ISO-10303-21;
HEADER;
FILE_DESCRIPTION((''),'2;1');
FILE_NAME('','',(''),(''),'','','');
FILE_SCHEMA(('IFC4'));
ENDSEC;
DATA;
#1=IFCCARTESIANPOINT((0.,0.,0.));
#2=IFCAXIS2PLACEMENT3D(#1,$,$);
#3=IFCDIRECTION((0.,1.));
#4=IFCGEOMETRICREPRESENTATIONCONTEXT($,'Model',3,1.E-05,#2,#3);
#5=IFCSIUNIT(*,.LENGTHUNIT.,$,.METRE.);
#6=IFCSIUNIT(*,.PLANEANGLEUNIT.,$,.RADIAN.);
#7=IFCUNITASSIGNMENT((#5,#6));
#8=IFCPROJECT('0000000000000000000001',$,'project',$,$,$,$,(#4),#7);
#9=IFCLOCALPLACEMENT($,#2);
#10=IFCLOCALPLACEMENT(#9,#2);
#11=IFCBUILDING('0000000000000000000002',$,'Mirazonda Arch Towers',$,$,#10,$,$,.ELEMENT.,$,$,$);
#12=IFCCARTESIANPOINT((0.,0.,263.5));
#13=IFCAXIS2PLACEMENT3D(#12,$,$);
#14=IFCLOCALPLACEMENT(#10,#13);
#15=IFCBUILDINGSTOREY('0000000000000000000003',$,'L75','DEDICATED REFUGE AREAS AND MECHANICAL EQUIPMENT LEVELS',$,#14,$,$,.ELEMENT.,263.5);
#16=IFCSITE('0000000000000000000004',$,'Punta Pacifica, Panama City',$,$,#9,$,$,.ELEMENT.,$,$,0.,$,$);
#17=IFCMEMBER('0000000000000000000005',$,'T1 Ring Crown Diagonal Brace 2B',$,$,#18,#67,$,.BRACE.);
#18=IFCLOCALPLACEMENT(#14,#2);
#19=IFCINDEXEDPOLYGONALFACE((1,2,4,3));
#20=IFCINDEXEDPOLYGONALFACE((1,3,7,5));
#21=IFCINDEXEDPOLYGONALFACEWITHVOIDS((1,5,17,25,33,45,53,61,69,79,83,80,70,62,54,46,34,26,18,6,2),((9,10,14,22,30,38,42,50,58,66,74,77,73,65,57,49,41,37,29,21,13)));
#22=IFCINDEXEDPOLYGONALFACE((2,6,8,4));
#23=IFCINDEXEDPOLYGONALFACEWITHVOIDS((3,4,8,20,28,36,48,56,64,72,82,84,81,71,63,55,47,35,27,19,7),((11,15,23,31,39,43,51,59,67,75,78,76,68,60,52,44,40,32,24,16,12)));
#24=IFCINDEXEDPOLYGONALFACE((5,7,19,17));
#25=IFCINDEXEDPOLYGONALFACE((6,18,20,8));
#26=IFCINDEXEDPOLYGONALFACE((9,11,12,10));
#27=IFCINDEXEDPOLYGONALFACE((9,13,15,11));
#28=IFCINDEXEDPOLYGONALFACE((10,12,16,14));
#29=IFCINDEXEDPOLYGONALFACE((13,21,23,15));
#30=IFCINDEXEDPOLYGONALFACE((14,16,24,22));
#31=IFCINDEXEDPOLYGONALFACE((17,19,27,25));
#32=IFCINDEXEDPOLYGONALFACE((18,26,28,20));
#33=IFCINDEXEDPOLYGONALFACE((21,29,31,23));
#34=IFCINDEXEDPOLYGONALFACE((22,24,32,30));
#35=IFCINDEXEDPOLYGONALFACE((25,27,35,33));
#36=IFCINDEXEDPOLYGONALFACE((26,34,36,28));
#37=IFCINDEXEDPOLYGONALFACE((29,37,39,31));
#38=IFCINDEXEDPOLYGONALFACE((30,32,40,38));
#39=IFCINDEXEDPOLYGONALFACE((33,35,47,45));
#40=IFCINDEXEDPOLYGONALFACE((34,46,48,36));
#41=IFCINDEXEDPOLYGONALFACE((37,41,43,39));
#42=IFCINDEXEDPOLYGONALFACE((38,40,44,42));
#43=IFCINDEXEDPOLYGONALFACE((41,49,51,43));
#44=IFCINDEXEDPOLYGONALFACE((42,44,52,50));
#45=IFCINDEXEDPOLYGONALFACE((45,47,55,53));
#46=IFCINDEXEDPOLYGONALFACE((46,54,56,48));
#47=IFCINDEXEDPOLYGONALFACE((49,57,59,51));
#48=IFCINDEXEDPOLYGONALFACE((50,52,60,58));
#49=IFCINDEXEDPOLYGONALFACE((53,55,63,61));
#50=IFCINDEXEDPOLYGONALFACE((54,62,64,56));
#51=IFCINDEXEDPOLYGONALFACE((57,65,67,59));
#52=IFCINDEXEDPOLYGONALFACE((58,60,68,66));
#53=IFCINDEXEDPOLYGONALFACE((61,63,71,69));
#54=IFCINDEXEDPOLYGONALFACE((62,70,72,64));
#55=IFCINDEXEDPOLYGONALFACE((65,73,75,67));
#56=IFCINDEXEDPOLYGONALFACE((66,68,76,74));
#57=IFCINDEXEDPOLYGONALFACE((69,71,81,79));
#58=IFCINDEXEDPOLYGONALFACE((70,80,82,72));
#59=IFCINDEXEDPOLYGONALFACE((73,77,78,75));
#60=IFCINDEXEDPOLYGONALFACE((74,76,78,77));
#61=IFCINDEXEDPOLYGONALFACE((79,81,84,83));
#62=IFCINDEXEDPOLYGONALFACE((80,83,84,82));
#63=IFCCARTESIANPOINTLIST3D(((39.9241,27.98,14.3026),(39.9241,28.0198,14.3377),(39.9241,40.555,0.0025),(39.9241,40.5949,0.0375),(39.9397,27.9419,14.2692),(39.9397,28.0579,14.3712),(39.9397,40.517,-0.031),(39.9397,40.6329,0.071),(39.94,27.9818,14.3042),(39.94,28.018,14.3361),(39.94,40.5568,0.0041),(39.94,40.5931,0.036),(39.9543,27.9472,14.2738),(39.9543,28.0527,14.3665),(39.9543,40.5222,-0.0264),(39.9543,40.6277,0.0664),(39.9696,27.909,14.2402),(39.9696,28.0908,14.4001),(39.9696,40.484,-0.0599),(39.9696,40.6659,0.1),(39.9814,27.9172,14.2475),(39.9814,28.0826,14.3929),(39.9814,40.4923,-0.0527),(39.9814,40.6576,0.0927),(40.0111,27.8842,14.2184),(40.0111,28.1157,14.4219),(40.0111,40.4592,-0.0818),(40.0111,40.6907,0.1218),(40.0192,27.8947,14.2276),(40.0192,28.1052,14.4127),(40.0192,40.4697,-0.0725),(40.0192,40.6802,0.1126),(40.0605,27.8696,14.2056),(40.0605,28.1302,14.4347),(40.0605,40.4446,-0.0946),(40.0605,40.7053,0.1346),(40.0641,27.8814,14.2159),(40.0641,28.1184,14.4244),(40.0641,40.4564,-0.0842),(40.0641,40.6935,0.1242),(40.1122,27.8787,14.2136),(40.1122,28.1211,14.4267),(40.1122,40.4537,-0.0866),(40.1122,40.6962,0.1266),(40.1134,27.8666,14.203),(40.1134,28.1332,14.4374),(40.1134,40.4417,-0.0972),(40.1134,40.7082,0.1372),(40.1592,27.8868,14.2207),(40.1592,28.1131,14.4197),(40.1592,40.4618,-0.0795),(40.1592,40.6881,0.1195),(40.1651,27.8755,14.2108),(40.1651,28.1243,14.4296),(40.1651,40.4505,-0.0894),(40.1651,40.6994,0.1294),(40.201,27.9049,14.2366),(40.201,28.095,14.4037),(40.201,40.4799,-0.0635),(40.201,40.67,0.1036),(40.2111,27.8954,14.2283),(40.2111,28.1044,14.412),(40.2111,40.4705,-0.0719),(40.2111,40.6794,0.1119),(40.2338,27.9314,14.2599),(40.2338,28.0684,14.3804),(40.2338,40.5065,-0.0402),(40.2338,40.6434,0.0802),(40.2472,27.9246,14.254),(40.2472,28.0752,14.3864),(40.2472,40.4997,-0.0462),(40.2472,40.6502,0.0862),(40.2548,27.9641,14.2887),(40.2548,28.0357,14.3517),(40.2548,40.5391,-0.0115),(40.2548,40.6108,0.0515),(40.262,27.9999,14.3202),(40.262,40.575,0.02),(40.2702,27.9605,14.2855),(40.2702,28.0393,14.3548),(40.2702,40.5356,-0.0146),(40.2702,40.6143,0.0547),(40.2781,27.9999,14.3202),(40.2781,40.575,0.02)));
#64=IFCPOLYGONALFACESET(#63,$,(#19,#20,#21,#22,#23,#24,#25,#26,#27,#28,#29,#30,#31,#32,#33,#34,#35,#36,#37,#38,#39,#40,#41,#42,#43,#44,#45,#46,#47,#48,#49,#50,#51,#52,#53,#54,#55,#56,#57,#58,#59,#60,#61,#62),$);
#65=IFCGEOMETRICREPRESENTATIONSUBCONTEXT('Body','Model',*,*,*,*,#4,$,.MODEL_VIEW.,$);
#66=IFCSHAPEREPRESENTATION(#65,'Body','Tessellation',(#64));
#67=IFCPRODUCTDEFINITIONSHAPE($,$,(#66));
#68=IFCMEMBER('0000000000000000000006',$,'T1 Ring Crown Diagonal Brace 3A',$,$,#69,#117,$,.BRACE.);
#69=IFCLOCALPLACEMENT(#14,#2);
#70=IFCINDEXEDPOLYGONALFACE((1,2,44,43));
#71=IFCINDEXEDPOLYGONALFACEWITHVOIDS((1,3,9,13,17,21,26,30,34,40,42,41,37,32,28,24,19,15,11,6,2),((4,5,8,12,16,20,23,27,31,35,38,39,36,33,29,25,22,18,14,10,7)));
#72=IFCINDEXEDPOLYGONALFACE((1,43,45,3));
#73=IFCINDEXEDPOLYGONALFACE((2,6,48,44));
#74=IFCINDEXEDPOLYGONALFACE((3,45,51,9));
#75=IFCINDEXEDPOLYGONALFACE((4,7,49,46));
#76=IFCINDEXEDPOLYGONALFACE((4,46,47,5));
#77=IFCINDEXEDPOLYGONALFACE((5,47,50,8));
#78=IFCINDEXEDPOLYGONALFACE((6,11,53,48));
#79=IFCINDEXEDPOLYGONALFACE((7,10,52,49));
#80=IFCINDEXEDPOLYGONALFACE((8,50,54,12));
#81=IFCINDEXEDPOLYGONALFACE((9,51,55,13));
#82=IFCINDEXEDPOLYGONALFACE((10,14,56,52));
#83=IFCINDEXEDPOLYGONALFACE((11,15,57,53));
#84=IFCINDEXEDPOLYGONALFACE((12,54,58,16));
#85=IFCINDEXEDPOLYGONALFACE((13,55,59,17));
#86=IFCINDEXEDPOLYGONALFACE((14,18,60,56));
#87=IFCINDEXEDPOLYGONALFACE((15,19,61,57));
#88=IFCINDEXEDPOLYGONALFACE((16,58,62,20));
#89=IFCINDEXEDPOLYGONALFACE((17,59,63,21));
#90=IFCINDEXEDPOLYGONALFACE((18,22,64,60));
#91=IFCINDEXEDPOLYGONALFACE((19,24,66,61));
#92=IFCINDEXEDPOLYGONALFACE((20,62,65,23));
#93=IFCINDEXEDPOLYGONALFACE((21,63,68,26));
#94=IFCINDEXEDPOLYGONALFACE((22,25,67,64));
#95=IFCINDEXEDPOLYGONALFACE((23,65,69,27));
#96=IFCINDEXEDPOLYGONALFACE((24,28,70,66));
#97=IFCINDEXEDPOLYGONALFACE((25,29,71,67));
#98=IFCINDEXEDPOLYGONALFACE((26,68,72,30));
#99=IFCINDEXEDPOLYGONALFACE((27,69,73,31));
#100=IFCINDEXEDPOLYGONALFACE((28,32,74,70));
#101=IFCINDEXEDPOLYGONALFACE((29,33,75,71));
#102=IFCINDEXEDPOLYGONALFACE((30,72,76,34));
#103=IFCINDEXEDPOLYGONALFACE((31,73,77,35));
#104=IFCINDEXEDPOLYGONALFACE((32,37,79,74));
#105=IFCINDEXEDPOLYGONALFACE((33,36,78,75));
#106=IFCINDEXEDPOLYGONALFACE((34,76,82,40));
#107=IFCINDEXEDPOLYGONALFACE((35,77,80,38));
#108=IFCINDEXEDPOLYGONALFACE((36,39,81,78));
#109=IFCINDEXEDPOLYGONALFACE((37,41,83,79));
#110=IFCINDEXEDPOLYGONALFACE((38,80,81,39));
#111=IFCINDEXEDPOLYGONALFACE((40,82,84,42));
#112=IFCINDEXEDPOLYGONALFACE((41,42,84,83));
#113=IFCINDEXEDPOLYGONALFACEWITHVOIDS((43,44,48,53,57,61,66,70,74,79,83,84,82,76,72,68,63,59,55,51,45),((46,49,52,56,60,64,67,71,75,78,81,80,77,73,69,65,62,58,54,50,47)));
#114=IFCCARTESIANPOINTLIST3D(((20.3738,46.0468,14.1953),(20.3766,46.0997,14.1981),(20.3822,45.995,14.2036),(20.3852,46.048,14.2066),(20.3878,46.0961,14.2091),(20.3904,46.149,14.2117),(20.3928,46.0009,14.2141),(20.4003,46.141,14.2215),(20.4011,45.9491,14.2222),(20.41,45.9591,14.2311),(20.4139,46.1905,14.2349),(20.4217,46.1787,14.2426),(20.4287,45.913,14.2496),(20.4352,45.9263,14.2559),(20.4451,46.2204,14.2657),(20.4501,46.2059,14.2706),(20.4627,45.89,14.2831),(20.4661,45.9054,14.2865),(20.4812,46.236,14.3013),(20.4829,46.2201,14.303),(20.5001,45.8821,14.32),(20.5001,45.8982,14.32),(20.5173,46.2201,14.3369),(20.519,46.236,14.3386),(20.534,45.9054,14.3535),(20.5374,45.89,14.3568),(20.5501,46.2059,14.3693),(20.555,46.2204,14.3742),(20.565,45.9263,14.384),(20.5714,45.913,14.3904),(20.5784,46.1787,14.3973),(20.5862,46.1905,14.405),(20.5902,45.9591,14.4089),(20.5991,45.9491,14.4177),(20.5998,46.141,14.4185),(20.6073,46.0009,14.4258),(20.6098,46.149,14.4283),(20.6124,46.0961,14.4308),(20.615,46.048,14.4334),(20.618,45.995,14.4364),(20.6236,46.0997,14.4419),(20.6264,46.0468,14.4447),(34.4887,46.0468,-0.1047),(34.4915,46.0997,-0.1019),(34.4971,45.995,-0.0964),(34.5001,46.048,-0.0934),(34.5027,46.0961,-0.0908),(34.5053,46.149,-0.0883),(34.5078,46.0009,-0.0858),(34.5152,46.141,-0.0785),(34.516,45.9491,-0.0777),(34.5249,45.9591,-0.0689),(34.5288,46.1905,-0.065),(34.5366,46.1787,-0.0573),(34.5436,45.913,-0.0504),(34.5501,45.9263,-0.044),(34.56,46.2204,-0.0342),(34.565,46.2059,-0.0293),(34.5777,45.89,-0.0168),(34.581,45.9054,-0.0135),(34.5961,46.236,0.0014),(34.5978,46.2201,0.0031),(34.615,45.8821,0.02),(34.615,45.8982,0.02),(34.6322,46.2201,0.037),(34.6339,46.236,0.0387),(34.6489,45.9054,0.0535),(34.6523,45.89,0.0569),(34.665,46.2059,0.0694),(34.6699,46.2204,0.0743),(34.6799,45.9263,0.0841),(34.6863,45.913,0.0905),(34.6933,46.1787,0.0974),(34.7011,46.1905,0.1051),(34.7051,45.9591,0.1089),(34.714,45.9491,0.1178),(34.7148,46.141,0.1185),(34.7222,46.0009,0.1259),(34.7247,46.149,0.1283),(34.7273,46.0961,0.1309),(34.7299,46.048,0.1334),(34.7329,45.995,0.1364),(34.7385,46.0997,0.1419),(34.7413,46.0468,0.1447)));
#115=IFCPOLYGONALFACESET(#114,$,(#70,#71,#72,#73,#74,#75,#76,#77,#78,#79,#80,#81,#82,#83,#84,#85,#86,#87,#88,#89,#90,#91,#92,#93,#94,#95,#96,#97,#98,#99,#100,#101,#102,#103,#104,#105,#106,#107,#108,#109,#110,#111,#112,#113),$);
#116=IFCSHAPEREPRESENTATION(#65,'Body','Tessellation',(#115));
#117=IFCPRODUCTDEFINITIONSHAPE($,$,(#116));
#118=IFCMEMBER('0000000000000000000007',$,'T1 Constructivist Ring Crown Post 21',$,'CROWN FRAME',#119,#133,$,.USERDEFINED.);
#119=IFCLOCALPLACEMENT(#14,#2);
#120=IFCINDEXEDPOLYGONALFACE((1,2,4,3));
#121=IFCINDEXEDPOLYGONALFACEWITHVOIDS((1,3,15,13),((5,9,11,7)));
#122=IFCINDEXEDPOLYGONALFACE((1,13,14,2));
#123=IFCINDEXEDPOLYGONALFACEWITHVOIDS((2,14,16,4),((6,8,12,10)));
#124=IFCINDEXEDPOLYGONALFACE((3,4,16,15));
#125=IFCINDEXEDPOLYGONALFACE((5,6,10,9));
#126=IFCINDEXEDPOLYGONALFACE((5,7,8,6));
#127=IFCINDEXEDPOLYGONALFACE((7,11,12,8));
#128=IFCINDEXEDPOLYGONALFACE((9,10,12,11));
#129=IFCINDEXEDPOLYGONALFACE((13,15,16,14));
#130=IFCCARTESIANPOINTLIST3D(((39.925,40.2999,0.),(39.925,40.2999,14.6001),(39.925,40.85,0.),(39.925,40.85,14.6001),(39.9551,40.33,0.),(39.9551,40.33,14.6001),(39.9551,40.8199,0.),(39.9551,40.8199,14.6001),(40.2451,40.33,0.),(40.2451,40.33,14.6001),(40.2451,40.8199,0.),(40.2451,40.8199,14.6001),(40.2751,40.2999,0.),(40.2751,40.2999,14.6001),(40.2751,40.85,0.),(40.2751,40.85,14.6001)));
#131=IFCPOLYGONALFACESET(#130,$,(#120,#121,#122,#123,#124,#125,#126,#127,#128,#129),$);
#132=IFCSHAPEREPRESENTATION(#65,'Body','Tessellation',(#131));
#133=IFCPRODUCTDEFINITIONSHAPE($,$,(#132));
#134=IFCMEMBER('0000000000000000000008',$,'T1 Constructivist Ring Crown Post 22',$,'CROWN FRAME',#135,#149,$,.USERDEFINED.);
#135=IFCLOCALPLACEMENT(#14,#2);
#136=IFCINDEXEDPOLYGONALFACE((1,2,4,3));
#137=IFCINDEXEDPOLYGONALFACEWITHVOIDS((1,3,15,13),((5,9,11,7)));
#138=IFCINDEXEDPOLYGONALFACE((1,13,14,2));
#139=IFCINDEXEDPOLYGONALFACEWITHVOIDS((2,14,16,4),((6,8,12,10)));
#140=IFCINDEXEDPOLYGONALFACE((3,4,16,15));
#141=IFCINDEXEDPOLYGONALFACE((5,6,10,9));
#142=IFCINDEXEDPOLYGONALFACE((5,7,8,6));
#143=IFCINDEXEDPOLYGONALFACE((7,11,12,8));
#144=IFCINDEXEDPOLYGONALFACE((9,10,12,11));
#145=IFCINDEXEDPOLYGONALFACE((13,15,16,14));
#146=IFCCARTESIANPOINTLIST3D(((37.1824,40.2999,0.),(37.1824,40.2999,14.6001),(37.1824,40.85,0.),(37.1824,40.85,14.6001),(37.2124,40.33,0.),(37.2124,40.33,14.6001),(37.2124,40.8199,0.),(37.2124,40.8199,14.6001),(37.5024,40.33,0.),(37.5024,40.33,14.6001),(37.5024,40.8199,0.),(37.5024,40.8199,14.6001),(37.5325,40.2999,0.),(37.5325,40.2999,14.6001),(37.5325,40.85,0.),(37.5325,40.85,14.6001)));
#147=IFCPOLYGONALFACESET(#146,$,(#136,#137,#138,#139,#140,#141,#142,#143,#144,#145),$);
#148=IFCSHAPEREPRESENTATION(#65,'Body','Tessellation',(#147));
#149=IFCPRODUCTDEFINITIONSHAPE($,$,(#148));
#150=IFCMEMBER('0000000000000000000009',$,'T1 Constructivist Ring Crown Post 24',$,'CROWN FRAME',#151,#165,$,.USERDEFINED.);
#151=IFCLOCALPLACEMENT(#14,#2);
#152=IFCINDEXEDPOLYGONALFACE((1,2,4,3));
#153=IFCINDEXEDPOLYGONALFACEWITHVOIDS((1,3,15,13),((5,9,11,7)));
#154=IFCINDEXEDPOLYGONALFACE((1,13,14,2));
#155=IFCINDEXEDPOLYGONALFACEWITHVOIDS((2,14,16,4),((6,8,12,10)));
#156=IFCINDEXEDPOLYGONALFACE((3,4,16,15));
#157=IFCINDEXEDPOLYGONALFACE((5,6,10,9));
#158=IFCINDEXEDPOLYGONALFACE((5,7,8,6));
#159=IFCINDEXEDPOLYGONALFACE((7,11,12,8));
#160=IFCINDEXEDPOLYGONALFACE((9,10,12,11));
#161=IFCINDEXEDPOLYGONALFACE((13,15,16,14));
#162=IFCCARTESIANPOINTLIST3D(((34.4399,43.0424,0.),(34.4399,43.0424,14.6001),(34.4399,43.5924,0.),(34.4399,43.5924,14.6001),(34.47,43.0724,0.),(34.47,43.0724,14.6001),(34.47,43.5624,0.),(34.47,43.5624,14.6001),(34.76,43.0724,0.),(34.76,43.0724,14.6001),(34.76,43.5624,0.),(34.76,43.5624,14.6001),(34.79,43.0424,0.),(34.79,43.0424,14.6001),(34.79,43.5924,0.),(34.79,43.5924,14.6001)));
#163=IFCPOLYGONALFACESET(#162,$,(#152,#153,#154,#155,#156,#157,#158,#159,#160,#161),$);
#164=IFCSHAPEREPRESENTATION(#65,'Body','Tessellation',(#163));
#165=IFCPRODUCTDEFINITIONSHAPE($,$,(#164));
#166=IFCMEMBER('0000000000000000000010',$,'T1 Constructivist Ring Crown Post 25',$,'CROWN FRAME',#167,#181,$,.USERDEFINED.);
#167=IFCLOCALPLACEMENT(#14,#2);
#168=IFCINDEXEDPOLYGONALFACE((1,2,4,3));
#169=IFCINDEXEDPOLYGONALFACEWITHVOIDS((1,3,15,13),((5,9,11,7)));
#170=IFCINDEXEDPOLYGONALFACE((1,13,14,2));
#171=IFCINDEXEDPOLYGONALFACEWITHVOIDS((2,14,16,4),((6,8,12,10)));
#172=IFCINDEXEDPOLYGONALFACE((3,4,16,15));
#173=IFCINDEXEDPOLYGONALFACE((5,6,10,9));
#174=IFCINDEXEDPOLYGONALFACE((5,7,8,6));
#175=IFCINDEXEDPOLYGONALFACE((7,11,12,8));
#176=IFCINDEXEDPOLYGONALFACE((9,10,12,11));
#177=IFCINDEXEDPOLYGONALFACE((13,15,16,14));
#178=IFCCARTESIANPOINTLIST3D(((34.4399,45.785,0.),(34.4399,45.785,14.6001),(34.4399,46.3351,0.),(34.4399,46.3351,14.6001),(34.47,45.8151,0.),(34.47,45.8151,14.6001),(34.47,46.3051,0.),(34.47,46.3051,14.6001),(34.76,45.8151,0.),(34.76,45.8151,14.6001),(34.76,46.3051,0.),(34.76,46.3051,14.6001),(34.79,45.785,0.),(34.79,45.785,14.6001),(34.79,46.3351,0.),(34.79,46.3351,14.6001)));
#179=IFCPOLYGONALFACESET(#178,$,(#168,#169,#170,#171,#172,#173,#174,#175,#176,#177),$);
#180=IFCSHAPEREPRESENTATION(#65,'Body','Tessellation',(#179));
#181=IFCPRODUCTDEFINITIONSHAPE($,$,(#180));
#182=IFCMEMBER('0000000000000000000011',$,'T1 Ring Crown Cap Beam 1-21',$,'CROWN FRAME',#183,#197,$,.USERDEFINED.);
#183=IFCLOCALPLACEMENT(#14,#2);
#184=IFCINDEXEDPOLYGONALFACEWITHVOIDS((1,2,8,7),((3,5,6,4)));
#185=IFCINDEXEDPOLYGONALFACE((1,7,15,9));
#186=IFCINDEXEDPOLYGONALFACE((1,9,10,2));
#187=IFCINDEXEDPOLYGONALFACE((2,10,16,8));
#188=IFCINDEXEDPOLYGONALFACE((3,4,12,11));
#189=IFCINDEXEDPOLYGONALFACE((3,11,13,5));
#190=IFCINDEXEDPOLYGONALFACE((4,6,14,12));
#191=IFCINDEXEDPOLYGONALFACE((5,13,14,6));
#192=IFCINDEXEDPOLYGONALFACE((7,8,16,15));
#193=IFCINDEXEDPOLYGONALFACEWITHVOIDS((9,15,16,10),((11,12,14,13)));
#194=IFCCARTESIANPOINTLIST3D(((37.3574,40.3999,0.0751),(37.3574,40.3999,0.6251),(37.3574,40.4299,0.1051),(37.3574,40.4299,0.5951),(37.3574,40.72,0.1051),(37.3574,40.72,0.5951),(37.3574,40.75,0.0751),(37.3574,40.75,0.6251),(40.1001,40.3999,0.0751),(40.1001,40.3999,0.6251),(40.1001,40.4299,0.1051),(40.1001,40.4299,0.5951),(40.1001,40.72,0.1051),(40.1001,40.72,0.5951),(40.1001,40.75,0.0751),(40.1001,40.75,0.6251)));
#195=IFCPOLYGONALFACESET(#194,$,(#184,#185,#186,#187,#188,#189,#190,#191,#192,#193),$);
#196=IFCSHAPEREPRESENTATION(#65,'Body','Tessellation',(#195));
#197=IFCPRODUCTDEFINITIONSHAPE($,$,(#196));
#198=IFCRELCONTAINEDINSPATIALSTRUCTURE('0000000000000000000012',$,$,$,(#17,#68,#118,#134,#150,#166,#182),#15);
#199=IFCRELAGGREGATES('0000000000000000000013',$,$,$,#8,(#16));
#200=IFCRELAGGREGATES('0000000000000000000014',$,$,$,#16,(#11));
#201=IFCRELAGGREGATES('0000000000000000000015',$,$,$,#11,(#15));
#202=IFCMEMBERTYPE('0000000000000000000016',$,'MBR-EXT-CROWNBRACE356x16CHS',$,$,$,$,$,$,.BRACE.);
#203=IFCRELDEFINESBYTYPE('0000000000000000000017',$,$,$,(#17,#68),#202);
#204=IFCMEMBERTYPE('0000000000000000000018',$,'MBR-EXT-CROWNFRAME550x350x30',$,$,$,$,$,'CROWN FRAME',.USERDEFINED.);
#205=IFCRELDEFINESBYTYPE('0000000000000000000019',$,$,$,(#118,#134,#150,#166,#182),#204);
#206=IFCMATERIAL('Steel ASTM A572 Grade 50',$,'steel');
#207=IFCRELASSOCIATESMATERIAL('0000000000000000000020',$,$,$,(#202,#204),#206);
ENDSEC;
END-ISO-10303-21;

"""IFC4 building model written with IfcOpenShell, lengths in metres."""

from ifc_helpers import new_model, si_unit, direction, frame, origin, origin_2d, place, context, subcontext, project, spatial, hollow_rectangle, hollow_circle, extrude, material, material_profile, profile_set, type_object, element, save


model = new_model("IFC4")

# Units and contexts
model_context = context("Model", 3, precision=1e-05, world=origin(), true_north=direction((0.0, 1.0)))
body_context = subcontext(model_context, "Body", "Model", "MODEL_VIEW")
ifc_project = project(units=[si_unit("LENGTHUNIT", "METRE"), si_unit("PLANEANGLEUNIT", "RADIAN")], contexts=[model_context])

# Site, building, storey
site_placement = place(None, origin())
site = spatial("IfcSite", under=ifc_project, at=site_placement, Name="Punta Pacifica, Panama City", CompositionType="ELEMENT", RefElevation=0.0)
building_placement = place(site_placement, origin())
building = spatial("IfcBuilding", under=site, at=building_placement, Name="Mirazonda Arch Towers", CompositionType="ELEMENT")
storey_placement = place(building_placement, frame((0.0, 0.0, 263.5)))
storey = spatial("IfcBuildingStorey", under=building, at=storey_placement, Name="L75", Description="DEDICATED REFUGE AREAS AND MECHANICAL EQUIPMENT LEVELS", CompositionType="ELEMENT", Elevation=263.5)

# Members
ifc_material_1 = material(Name="Steel ASTM A572 Grade 50", Category="steel")
ifc_material_profile_1 = material_profile(ifc_material_1, hollow_circle(Radius=0.178, WallThickness=0.0161, at=origin_2d()), Name="CROWNBRACE356x16CHS")
ifc_profile_set_1 = profile_set([ifc_material_profile_1], Name="Steel ASTM A572 Grade 50")
member_type_1 = type_object("IfcMemberType", Name="MBR-EXT-CROWNBRACE356x16CHS", PredefinedType="BRACE", material=ifc_profile_set_1)
member_1_placement = place(storey_placement, frame((40.1001, 40.575, 0.02), z_axis=(0.0, -0.660359, 0.75095), x_axis=(1.0, 0.0, 0.0)))
element("IfcMember", 1, at=member_1_placement, inside=storey, type_object=member_type_1, Name="T1 Ring Crown Diagonal Brace 2B", PredefinedType="BRACE", context=body_context, shape_type="SweptSolid", body=[
    extrude(hollow_circle(Radius=0.178, WallThickness=0.0161, at=origin_2d()), origin(), (0.0, 0.0, 1.0), 19.0427),
])
member_2_placement = place(storey_placement, frame((34.615, 46.0601, 0.02), z_axis=(-0.702487, 0.0, 0.711697), x_axis=(0.0, -1.0, 0.0)))
element("IfcMember", 2, at=member_2_placement, inside=storey, type_object=member_type_1, Name="T1 Ring Crown Diagonal Brace 3A", PredefinedType="BRACE", context=body_context, shape_type="SweptSolid", body=[
    extrude(hollow_circle(Radius=0.178, WallThickness=0.0161, at=origin_2d()), origin(), (0.0, 0.0, 1.0), 20.0928),
])
ifc_material_profile_2 = material_profile(ifc_material_1, hollow_rectangle(XDim=0.3501, YDim=0.55, WallThickness=0.03, at=origin_2d()), Name="CROWNFRAME550x350x30")
ifc_profile_set_2 = profile_set([ifc_material_profile_2], Name="Steel ASTM A572 Grade 50")
member_type_2 = type_object("IfcMemberType", Name="MBR-EXT-CROWNFRAME550x350x30", ElementType="CROWN FRAME", PredefinedType="USERDEFINED", material=ifc_profile_set_2)
for number, where, z_axis, x_axis, name in (
    (3, (40.1001, 40.575, 0.0), (0.0, 0.0, 1.0), (1.0, 0.0, 0.0), "T1 Constructivist Ring Crown Post 21"),
    (4, (37.3574, 40.575, 0.0), (0.0, 0.0, 1.0), (1.0, 0.0, 0.0), "T1 Constructivist Ring Crown Post 22"),
    (5, (34.615, 43.3174, 0.0), (0.0, 0.0, 1.0), (1.0, 0.0, 0.0), "T1 Constructivist Ring Crown Post 24"),
    (6, (34.615, 46.0601, 0.0), (0.0, 0.0, 1.0), (1.0, 0.0, 0.0), "T1 Constructivist Ring Crown Post 25"),
):
    element("IfcMember", number, at=place(storey_placement, frame(where, z_axis=z_axis, x_axis=x_axis)), inside=storey, type_object=member_type_2, Name=name, ObjectType="CROWN FRAME", PredefinedType="USERDEFINED", context=body_context, shape_type="SweptSolid", body=[
        extrude(hollow_rectangle(XDim=0.3501, YDim=0.55, WallThickness=0.03, at=origin_2d()), origin(), (0.0, 0.0, 1.0), 14.6001),
    ])
member_3_placement = place(storey_placement, frame((40.1001, 40.575, 0.3501), z_axis=(-1.0, 0.0, 0.0), x_axis=(0.0, -1.0, 0.0)))
element("IfcMember", 7, at=member_3_placement, inside=storey, type_object=member_type_2, Name="T1 Ring Crown Cap Beam 1-21", ObjectType="CROWN FRAME", PredefinedType="USERDEFINED", context=body_context, shape_type="SweptSolid", body=[
    extrude(hollow_rectangle(XDim=0.3501, YDim=0.55, WallThickness=0.03, at=origin_2d()), origin(), (0.0, 0.0, 1.0), 2.7427),
])

save(model, "model.ifc")
